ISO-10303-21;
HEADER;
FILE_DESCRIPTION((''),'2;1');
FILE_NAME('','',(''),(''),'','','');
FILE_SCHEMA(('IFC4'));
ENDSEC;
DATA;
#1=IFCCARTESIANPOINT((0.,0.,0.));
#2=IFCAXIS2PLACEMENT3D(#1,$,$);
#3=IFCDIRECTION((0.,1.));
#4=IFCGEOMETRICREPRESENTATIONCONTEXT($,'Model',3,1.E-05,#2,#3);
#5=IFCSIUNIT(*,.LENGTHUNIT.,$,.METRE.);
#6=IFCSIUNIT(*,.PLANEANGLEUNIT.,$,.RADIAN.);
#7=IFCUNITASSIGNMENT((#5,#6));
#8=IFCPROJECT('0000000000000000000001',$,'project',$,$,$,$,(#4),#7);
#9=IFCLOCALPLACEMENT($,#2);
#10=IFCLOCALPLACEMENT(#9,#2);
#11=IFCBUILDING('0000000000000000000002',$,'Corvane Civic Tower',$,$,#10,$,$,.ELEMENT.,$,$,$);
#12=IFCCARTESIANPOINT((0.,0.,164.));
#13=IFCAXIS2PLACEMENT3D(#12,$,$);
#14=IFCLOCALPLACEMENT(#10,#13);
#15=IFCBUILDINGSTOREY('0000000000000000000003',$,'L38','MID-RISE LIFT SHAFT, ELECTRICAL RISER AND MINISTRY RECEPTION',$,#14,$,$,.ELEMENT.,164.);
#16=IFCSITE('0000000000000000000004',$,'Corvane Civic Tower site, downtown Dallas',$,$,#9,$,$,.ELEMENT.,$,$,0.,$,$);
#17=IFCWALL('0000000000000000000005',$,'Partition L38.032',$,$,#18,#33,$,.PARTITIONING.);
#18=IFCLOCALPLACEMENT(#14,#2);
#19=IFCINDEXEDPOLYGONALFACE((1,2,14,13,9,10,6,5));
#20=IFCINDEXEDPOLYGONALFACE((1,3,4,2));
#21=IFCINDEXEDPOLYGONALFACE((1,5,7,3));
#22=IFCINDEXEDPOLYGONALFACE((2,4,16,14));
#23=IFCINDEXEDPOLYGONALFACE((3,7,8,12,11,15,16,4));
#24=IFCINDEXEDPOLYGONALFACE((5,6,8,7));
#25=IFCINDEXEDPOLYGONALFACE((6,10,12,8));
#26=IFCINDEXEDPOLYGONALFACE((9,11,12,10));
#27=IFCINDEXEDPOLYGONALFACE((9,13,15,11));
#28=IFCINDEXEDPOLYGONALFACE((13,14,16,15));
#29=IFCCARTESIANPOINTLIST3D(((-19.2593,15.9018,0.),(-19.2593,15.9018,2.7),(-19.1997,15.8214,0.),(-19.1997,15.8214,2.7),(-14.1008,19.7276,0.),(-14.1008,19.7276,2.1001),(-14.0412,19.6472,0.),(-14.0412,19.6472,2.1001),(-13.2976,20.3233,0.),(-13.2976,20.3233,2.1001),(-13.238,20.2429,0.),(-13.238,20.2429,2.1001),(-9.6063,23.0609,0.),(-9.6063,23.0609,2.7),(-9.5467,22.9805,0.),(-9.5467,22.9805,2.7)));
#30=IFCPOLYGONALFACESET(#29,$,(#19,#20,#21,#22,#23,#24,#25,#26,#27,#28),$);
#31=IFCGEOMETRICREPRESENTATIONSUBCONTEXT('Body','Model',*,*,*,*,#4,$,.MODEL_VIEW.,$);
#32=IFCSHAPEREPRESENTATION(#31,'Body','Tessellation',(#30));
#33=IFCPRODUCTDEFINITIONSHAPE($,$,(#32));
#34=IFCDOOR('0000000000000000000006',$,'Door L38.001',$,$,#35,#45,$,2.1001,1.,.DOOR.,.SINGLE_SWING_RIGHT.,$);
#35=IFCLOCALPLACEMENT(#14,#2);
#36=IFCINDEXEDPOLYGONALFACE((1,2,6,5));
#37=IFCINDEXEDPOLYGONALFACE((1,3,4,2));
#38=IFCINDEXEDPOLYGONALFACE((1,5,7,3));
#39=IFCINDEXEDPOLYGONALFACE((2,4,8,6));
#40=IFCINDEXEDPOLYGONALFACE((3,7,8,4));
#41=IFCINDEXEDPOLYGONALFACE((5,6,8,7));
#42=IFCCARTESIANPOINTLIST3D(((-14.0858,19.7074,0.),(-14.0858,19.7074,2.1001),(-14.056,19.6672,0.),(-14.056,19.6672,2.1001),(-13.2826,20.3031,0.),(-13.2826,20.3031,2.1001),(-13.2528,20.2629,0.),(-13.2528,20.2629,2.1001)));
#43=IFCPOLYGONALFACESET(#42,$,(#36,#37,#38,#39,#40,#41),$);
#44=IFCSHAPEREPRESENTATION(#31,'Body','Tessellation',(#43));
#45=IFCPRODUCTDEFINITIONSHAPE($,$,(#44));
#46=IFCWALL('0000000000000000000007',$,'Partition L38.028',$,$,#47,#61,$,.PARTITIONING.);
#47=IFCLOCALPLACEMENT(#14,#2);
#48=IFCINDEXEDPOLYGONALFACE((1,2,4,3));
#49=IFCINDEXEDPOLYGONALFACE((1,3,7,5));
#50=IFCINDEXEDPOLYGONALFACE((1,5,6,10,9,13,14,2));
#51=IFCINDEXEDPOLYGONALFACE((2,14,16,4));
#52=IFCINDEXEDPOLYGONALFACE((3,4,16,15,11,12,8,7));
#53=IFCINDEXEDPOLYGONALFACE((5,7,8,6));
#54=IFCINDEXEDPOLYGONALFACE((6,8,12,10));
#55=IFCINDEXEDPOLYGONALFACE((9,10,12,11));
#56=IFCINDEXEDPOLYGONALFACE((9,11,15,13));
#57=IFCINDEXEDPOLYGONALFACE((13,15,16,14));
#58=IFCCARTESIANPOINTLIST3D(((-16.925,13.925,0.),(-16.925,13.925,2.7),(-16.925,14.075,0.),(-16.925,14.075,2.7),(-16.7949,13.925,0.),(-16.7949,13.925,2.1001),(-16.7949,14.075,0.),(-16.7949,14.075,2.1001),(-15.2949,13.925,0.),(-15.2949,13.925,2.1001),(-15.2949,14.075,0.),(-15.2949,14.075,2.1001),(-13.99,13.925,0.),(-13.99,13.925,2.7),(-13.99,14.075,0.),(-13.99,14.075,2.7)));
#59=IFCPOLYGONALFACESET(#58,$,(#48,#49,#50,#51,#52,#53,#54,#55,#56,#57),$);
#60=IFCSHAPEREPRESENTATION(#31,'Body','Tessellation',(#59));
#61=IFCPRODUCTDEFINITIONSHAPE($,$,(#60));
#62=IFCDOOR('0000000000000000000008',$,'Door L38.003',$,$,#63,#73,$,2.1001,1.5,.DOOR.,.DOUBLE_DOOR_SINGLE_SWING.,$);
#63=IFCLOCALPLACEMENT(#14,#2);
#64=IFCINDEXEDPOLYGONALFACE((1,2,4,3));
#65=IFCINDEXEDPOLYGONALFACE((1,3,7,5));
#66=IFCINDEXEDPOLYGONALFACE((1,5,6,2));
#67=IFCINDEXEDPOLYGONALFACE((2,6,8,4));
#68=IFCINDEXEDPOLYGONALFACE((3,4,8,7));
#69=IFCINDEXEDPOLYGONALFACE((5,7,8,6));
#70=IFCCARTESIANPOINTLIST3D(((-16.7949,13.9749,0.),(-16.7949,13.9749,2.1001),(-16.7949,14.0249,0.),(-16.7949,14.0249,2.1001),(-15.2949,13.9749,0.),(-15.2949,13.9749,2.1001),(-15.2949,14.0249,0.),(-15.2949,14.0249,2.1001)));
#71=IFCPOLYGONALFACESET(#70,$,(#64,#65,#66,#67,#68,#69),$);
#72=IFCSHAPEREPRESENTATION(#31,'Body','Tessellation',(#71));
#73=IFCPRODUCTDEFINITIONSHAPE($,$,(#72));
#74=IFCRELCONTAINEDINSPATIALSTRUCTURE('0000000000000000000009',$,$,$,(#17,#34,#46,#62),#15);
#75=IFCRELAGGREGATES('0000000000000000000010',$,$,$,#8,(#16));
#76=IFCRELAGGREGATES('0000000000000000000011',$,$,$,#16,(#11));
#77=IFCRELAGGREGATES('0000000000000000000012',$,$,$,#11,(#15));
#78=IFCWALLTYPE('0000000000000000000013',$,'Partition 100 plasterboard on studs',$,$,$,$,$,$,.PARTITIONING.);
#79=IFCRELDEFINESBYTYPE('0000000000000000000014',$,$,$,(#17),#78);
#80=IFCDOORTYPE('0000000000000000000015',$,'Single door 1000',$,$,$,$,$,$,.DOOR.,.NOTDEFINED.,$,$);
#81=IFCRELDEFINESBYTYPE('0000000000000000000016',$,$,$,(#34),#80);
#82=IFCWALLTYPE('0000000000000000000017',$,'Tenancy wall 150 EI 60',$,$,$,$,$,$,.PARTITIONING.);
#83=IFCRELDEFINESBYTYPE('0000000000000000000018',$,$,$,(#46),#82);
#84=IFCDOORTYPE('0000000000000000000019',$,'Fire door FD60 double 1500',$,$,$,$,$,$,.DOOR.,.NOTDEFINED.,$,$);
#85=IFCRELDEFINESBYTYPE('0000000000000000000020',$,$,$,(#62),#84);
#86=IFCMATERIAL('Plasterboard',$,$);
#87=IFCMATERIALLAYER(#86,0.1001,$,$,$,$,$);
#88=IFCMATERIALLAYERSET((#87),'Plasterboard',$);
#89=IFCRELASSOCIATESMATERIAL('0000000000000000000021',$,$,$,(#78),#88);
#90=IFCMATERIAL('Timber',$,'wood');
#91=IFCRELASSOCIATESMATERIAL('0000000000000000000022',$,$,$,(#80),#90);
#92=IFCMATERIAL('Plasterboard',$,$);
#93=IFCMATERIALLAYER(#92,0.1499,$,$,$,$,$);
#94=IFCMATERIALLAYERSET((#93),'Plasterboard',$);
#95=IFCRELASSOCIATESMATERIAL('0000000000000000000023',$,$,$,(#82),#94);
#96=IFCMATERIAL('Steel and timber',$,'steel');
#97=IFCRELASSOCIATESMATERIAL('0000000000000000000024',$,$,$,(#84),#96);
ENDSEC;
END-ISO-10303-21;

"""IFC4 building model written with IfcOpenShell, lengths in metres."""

from ifc_helpers import new_model, si_unit, direction, frame, frame_2d, origin, place, context, subcontext, project, spatial, rectangle, extrude, material, layer, layer_set, type_object, element, fill, save


model = new_model("IFC4")

# Units and contexts
model_context = context("Model", 3, precision=1e-05, world=origin(), true_north=direction((0.0, 1.0)))
body_context = subcontext(model_context, "Body", "Model", "MODEL_VIEW")
ifc_project = project(units=[si_unit("LENGTHUNIT", "METRE"), si_unit("PLANEANGLEUNIT", "RADIAN")], contexts=[model_context])

# Site, building, storey
site_placement = place(None, origin())
site = spatial("IfcSite", under=ifc_project, at=site_placement, Name="Corvane Civic Tower site, downtown Dallas", CompositionType="ELEMENT", RefElevation=0.0)
building_placement = place(site_placement, origin())
building = spatial("IfcBuilding", under=site, at=building_placement, Name="Corvane Civic Tower", CompositionType="ELEMENT")
storey_placement = place(building_placement, frame((0.0, 0.0, 164.0)))
storey = spatial("IfcBuildingStorey", under=building, at=storey_placement, Name="L38", Description="MID-RISE LIFT SHAFT, ELECTRICAL RISER AND MINISTRY RECEPTION", CompositionType="ELEMENT", Elevation=164.0)

# Shared definitions
ifc_material_1 = material(Name="Plasterboard")
ifc_layer_1 = layer(ifc_material_1, 0.1001)
ifc_layer_set_1 = layer_set([ifc_layer_1], Name="Plasterboard")
wall_type_1 = type_object("IfcWallType", Name="Partition 100 plasterboard on studs", PredefinedType="PARTITIONING", material=ifc_layer_set_1)

# Walls, openings, doors
wall_1_placement = place(storey_placement, frame((-19.2295, 15.8616, 0.0), z_axis=(0.0, 0.0, 1.0), x_axis=(0.803209, 0.595698, 0.0)))
wall_1 = element("IfcWall", 1, at=wall_1_placement, inside=storey, type_object=wall_type_1, Name="Partition L38.032", PredefinedType="PARTITIONING", context=body_context, shape_type="SweptSolid", body=[
    extrude(rectangle(XDim=12.0181, YDim=0.1001, at=frame_2d((6.009, 0.0))), origin(), (0.0, 0.0, 1.0), 2.7),
])
opening_1_placement = place(wall_1_placement, frame((6.4224, 0.0, 0.0)))
opening_1 = element("IfcOpeningElement", 2, at=opening_1_placement, cuts=wall_1, PredefinedType="OPENING", context=body_context, shape_type="SweptSolid", body=[
    extrude(rectangle(XDim=1.0, YDim=2.1001, at=frame_2d((0.5, 1.05))), frame((0.0, 0.0601, 0.0), z_axis=(0.0, -1.0, 0.0), x_axis=(1.0, 0.0, 0.0)), (0.0, 0.0, 1.0), 0.1201),
])
ifc_material_2 = material(Name="Timber", Category="wood")
door_type_1 = type_object("IfcDoorType", Name="Single door 1000", OperationType="NOTDEFINED", PredefinedType="DOOR", material=ifc_material_2)
door_1_placement = place(opening_1_placement, origin())
door_1 = element("IfcDoor", 3, at=door_1_placement, inside=storey, type_object=door_type_1, Name="Door L38.001", OperationType="SINGLE_SWING_RIGHT", OverallHeight=2.1001, OverallWidth=1.0, PredefinedType="DOOR", context=body_context, shape_type="SweptSolid", body=[
    extrude(rectangle(XDim=1.0, YDim=2.1001, at=frame_2d((0.5, 1.05))), frame((0.0, 0.0249, 0.0), z_axis=(0.0, -1.0, 0.0), x_axis=(1.0, 0.0, 0.0)), (0.0, 0.0, 1.0), 0.05),
])
fill(opening_1, door_1)
ifc_material_3 = material(Name="Plasterboard")
ifc_layer_2 = layer(ifc_material_3, 0.1499)
ifc_layer_set_2 = layer_set([ifc_layer_2], Name="Plasterboard")
wall_type_2 = type_object("IfcWallType", Name="Tenancy wall 150 EI 60", PredefinedType="PARTITIONING", material=ifc_layer_set_2)
wall_2_placement = place(storey_placement, frame((-16.925, 14.0, 0.0), z_axis=(0.0, 0.0, 1.0), x_axis=(1.0, 0.0, 0.0)))
wall_2 = element("IfcWall", 4, at=wall_2_placement, inside=storey, type_object=wall_type_2, Name="Partition L38.028", PredefinedType="PARTITIONING", context=body_context, shape_type="SweptSolid", body=[
    extrude(rectangle(XDim=2.9351, YDim=0.1499, at=frame_2d((1.4675, 0.0))), origin(), (0.0, 0.0, 1.0), 2.7),
])
opening_2_placement = place(wall_2_placement, frame((0.1301, 0.0, 0.0)))
opening_2 = element("IfcOpeningElement", 5, at=opening_2_placement, cuts=wall_2, PredefinedType="OPENING", context=body_context, shape_type="SweptSolid", body=[
    extrude(rectangle(XDim=1.5, YDim=2.1001, at=frame_2d((0.75, 1.05))), frame((0.0, 0.085, 0.0), z_axis=(0.0, -1.0, 0.0), x_axis=(1.0, 0.0, 0.0)), (0.0, 0.0, 1.0), 0.1699),
])
ifc_material_4 = material(Name="Steel and timber", Category="steel")
door_type_2 = type_object("IfcDoorType", Name="Fire door FD60 double 1500", OperationType="NOTDEFINED", PredefinedType="DOOR", material=ifc_material_4)
door_2_placement = place(opening_2_placement, origin())
door_2 = element("IfcDoor", 6, at=door_2_placement, inside=storey, type_object=door_type_2, Name="Door L38.003", OperationType="DOUBLE_DOOR_SINGLE_SWING", OverallHeight=2.1001, OverallWidth=1.5, PredefinedType="DOOR", context=body_context, shape_type="SweptSolid", body=[
    extrude(rectangle(XDim=1.5, YDim=2.1001, at=frame_2d((0.75, 1.05))), frame((0.0, 0.0249, 0.0), z_axis=(0.0, -1.0, 0.0), x_axis=(1.0, 0.0, 0.0)), (0.0, 0.0, 1.0), 0.05),
])
fill(opening_2, door_2)

save(model, "model.ifc")
